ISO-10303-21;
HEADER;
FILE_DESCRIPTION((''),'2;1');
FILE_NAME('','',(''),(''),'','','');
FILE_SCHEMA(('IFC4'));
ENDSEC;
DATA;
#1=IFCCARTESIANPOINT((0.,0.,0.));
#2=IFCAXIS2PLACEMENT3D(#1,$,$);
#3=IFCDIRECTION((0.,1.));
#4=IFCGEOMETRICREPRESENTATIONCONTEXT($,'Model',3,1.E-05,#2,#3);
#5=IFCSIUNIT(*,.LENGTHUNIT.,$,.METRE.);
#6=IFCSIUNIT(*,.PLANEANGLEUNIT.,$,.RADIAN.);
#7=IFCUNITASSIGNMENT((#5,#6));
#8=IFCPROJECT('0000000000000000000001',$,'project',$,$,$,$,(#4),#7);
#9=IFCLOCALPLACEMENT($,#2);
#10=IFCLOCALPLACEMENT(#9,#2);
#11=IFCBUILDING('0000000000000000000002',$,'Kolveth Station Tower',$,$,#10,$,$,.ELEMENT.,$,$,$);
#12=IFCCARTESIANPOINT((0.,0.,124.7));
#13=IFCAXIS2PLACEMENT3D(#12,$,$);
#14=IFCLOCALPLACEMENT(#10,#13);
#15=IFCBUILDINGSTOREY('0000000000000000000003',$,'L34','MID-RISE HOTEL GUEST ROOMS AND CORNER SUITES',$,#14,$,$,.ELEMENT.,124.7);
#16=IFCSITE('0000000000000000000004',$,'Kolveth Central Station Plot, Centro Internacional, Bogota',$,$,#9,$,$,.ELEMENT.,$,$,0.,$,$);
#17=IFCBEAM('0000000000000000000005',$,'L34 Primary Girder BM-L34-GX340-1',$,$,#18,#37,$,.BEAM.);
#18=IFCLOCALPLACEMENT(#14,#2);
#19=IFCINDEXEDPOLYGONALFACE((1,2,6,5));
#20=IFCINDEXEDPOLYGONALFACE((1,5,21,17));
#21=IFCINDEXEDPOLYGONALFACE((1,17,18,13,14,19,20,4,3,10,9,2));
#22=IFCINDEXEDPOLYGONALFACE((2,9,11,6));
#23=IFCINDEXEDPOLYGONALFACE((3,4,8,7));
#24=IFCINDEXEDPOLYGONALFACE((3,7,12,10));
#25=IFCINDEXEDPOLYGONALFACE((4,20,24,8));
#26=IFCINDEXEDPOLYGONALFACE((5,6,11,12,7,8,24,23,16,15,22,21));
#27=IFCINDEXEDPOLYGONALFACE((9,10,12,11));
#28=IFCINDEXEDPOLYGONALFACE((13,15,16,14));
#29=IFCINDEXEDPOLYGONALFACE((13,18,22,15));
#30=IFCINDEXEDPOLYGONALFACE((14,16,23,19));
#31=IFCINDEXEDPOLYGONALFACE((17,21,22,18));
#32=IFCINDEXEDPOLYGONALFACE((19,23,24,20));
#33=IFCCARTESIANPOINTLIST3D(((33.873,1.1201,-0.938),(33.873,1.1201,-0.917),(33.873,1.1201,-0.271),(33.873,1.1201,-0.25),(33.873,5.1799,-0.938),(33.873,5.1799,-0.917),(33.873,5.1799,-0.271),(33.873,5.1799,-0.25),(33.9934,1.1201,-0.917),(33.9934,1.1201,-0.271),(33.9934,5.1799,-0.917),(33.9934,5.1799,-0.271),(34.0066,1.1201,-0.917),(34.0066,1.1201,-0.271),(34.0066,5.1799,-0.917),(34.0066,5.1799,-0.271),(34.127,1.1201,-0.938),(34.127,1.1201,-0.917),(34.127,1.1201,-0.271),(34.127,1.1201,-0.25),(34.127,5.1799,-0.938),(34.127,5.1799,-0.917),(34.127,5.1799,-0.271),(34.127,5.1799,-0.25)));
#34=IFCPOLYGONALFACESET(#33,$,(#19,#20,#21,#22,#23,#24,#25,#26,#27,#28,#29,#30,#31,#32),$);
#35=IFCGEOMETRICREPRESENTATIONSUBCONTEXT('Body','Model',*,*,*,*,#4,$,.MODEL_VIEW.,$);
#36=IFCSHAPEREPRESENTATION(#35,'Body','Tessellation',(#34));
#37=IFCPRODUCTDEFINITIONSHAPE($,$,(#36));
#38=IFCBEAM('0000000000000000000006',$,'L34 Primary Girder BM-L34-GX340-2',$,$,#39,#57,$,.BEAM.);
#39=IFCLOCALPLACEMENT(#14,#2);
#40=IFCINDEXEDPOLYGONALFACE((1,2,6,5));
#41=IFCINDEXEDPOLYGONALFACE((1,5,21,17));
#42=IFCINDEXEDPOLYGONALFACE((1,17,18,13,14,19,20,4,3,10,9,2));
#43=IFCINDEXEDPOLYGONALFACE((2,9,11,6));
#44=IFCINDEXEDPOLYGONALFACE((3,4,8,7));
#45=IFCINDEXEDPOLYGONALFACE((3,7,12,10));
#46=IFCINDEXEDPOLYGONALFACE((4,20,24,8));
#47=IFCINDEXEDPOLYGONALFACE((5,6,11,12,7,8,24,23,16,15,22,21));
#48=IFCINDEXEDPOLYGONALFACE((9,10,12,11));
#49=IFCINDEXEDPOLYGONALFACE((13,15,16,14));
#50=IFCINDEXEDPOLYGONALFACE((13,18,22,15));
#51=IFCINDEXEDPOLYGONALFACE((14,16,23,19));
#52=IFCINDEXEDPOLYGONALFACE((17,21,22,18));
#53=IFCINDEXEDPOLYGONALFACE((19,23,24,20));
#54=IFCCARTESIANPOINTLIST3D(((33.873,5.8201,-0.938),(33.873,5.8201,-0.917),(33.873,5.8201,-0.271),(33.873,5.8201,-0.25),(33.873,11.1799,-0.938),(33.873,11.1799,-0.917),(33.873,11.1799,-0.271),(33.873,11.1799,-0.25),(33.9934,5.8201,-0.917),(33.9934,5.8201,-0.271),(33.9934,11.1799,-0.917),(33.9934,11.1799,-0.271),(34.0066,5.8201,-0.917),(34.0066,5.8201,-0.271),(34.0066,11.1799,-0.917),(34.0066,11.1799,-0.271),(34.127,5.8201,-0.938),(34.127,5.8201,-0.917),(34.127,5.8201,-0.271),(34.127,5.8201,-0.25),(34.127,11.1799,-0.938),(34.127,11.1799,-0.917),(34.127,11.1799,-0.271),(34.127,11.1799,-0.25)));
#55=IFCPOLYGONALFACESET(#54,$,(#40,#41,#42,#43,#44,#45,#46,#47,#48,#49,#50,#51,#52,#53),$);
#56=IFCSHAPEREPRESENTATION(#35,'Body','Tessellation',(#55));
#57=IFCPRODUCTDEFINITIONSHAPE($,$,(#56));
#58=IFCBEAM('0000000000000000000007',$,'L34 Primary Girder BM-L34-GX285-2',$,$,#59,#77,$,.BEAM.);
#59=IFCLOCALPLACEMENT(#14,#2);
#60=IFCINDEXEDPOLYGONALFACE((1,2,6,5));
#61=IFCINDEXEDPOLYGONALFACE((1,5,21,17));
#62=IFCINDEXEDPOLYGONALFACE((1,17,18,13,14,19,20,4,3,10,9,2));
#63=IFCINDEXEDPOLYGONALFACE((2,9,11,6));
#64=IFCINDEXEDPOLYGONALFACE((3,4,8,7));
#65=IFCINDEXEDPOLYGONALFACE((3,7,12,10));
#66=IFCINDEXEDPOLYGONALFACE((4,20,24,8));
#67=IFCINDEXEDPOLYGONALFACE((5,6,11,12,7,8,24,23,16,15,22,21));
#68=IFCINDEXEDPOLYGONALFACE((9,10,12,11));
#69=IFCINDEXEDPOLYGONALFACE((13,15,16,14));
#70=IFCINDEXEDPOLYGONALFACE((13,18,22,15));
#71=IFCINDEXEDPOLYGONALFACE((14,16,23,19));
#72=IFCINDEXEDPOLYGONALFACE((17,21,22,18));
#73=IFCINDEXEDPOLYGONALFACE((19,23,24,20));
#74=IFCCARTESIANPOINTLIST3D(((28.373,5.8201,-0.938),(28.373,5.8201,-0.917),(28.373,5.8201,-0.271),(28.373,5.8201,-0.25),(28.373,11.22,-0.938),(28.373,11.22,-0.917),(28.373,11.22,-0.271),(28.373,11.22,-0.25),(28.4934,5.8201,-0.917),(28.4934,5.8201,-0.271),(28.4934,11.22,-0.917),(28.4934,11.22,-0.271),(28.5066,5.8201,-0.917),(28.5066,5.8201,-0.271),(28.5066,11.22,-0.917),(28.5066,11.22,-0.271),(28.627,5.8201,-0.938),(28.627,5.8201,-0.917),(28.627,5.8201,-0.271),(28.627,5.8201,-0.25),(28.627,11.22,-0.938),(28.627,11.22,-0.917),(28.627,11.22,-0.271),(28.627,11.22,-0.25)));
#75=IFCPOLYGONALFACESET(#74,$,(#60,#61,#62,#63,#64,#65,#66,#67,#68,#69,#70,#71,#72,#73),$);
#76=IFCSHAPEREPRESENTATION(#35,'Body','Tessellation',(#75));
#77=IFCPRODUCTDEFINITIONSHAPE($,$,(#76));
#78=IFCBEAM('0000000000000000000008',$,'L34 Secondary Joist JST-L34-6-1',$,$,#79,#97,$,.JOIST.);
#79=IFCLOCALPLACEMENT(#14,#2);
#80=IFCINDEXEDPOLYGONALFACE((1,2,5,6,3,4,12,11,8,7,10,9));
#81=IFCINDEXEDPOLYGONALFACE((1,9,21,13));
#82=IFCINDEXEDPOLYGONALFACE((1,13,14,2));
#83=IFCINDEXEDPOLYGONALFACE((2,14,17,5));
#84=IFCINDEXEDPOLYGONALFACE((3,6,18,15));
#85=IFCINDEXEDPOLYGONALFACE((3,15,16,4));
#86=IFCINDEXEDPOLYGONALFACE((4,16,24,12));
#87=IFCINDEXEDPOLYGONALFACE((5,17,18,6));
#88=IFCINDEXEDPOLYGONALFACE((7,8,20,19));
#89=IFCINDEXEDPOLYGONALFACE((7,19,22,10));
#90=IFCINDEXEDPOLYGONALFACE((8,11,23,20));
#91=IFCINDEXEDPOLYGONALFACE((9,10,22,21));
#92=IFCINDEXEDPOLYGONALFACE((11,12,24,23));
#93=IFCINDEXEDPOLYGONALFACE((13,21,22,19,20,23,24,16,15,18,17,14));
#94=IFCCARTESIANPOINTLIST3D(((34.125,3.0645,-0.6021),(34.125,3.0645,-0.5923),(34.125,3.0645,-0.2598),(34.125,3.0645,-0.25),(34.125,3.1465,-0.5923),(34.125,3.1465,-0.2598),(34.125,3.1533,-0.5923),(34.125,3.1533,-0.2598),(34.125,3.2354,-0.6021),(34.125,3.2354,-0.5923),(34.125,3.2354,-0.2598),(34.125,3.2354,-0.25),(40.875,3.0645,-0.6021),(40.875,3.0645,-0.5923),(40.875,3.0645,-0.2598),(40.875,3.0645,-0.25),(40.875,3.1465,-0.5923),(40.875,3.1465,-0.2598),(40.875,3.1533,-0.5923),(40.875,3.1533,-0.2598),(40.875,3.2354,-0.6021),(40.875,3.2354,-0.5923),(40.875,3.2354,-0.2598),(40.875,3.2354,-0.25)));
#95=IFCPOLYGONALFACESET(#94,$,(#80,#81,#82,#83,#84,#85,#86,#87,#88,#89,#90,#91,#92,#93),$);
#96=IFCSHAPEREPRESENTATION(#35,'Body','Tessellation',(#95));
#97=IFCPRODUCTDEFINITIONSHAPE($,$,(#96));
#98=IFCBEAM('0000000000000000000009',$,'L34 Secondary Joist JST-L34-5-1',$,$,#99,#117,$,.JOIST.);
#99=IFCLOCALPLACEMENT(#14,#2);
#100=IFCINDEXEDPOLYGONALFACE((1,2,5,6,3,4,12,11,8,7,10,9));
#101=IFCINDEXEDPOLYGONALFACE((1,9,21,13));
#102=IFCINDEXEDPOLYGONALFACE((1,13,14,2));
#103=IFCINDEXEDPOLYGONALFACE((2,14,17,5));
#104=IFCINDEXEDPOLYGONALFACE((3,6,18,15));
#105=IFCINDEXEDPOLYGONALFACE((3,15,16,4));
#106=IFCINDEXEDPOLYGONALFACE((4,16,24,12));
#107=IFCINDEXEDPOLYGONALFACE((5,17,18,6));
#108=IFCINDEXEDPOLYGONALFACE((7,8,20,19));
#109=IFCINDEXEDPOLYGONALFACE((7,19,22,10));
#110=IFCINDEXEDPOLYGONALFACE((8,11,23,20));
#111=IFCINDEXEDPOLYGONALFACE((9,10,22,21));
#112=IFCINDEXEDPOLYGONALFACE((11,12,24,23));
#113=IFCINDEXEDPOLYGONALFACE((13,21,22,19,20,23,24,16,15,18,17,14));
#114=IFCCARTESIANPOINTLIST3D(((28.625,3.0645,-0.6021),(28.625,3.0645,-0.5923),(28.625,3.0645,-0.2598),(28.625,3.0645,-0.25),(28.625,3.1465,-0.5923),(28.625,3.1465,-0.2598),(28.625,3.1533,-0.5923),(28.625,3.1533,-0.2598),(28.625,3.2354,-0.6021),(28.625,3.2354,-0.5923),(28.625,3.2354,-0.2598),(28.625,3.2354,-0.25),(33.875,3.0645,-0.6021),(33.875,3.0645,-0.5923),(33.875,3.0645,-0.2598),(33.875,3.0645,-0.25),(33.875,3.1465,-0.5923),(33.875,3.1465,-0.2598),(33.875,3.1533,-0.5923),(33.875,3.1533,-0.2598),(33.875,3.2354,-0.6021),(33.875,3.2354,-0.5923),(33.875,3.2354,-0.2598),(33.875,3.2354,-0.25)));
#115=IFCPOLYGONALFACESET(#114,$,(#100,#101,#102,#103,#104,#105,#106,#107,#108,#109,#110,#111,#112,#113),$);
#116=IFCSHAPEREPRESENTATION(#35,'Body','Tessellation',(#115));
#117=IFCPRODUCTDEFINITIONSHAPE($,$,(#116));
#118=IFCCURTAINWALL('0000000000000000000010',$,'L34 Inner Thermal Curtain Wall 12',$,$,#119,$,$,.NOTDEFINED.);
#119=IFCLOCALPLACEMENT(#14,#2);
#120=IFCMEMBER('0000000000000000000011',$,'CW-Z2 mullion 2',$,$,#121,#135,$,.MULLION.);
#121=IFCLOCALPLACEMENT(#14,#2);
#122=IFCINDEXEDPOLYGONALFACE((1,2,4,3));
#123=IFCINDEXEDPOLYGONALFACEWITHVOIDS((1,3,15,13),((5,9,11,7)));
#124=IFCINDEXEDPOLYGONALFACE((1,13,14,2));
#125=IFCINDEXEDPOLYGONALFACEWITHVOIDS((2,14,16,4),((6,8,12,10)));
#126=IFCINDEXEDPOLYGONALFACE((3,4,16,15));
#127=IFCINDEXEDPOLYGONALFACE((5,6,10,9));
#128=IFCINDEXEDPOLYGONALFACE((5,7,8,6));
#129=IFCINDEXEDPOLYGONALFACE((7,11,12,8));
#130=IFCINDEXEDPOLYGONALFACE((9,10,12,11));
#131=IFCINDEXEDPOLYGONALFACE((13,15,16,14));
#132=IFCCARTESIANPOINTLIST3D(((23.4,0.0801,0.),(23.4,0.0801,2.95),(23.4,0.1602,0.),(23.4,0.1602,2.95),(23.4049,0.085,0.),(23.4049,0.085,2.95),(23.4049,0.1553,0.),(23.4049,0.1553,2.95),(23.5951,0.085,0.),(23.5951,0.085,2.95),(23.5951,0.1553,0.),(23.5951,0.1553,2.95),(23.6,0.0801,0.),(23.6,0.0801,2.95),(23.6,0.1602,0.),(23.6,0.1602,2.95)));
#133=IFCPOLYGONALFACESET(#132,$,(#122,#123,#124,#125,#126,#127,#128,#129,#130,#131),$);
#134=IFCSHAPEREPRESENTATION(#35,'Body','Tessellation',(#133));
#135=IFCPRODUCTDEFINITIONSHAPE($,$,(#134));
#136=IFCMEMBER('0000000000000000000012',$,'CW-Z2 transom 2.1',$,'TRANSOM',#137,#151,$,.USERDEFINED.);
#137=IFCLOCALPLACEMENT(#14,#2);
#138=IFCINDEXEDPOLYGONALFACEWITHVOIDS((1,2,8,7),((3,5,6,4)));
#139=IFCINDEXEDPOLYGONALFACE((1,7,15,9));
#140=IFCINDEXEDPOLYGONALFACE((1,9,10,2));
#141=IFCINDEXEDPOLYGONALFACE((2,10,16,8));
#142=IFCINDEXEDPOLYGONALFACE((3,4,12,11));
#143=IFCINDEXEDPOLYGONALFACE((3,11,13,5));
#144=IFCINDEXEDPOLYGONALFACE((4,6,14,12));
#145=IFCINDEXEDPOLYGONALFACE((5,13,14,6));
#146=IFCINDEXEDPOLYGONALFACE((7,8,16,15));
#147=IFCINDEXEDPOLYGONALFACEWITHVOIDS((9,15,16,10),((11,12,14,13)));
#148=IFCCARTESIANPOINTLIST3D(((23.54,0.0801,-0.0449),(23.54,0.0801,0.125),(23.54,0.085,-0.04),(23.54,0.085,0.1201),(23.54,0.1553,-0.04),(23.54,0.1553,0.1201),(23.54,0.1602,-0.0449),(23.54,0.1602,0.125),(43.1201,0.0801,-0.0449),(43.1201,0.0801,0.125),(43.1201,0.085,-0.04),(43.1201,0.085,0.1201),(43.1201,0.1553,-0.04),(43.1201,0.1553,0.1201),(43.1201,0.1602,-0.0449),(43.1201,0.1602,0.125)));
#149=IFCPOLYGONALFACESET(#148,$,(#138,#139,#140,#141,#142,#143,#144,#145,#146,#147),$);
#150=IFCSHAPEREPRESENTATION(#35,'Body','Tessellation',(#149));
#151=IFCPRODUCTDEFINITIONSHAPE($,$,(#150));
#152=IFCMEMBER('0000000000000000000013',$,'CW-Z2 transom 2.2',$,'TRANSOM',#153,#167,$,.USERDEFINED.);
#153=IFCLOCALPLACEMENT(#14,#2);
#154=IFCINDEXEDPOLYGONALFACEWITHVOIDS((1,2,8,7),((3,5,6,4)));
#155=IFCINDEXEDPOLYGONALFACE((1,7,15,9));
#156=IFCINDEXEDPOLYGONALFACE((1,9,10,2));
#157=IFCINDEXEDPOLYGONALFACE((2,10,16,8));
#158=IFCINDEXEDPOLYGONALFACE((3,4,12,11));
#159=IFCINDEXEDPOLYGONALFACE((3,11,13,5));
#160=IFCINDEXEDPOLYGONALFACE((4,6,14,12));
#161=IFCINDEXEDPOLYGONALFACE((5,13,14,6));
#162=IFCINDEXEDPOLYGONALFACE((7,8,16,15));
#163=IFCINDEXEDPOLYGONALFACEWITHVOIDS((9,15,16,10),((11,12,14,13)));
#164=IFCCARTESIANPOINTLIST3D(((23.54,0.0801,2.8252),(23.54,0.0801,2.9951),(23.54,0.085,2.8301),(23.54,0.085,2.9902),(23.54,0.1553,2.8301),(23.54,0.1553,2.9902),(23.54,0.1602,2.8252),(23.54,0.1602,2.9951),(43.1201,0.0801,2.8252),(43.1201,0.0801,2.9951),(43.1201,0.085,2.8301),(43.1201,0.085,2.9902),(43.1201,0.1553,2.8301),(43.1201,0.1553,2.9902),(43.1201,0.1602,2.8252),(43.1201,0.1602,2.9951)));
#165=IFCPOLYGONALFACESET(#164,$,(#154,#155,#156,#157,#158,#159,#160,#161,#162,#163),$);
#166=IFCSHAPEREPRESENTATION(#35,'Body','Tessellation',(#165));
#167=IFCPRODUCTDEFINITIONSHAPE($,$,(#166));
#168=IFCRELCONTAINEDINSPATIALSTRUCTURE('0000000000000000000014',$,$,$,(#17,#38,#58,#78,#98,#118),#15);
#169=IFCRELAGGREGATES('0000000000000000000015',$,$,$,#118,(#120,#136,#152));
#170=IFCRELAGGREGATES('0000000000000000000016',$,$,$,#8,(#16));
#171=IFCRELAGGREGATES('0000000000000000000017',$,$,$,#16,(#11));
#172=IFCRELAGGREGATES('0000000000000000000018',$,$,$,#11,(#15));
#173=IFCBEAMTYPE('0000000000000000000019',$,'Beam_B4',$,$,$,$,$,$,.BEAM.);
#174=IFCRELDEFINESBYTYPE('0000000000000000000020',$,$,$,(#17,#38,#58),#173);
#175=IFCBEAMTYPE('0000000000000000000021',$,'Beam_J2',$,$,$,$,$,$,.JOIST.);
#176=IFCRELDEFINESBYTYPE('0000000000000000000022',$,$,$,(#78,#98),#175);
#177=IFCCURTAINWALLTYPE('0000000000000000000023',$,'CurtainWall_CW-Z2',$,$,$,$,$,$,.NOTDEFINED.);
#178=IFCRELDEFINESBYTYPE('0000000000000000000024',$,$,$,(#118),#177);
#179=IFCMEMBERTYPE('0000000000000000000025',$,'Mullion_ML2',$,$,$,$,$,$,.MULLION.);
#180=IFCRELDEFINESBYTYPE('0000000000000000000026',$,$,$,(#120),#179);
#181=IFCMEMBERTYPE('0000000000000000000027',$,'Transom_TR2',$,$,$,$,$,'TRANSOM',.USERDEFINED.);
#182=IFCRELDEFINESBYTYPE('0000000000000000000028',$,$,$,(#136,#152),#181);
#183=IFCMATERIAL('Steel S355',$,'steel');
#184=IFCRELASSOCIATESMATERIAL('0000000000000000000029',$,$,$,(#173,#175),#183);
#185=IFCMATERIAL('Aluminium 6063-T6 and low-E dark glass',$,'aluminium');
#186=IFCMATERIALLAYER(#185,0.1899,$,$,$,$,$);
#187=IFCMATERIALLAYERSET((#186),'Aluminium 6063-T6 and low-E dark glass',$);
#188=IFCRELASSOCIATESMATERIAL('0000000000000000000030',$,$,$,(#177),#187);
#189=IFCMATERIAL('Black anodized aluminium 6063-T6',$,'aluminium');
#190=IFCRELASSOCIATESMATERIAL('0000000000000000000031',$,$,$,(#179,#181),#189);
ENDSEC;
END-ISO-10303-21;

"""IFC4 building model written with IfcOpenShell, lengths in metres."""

from ifc_helpers import new_model, si_unit, direction, frame, origin, origin_2d, place, context, subcontext, project, spatial, hollow_rectangle, i_section, extrude, source, transform, mapped, material, layer, layer_set, material_profile, profile_set, type_object, element, aggregate, save


model = new_model("IFC4")

# Units and contexts
model_context = context("Model", 3, precision=1e-05, world=origin(), true_north=direction((0.0, 1.0)))
body_context = subcontext(model_context, "Body", "Model", "MODEL_VIEW")
ifc_project = project(units=[si_unit("LENGTHUNIT", "METRE"), si_unit("PLANEANGLEUNIT", "RADIAN")], contexts=[model_context])

# Site, building, storey
site_placement = place(None, origin())
site = spatial("IfcSite", under=ifc_project, at=site_placement, Name="Kolveth Central Station Plot, Centro Internacional, Bogota", CompositionType="ELEMENT", RefElevation=0.0)
building_placement = place(site_placement, origin())
building = spatial("IfcBuilding", under=site, at=building_placement, Name="Kolveth Station Tower", CompositionType="ELEMENT")
storey_placement = place(building_placement, frame((0.0, 0.0, 124.7)))
storey = spatial("IfcBuildingStorey", under=building, at=storey_placement, Name="L34", Description="MID-RISE HOTEL GUEST ROOMS AND CORNER SUITES", CompositionType="ELEMENT", Elevation=124.7)

# Beams
ifc_material_1 = material(Name="Steel S355", Category="steel")
ifc_material_profile_1 = material_profile(ifc_material_1, i_section(OverallWidth=0.2539, OverallDepth=0.688, WebThickness=0.0132, FlangeThickness=0.021, at=origin_2d()), Name="W690x152")
ifc_profile_set_1 = profile_set([ifc_material_profile_1], Name="Steel S355")
beam_type_1 = type_object("IfcBeamType", Name="Beam_B4", PredefinedType="BEAM", material=ifc_profile_set_1)
shared_shape_1 = source(origin(), body_context, "Body", "SweptSolid", [
    extrude(i_section(OverallWidth=0.2539, OverallDepth=0.688, WebThickness=0.0132, FlangeThickness=0.021, at=origin_2d()), origin(), (0.0, 0.0, 1.0), 4.0598),
])
for number, where, z_axis, x_axis, name in (
    (1, (34.0, 1.1201, -0.594), (0.0, 1.0, 0.0), (-1.0, 0.0, 0.0), "L34 Primary Girder BM-L34-GX340-1"),
):
    element("IfcBeam", number, at=place(storey_placement, frame(where, z_axis=z_axis, x_axis=x_axis)), inside=storey, type_object=beam_type_1, Name=name, PredefinedType="BEAM", context=body_context, shape_type="MappedRepresentation", body=[
        mapped(shared_shape_1, transform((0.0, 0.0, 0.0), x_axis=(1.0, 0.0, 0.0), y_axis=(0.0, 1.0, 0.0), z_axis=(0.0, 0.0, 1.0), scale=1.0)),
    ])
shared_shape_2 = source(origin(), body_context, "Body", "SweptSolid", [
    extrude(i_section(OverallWidth=0.2539, OverallDepth=0.688, WebThickness=0.0132, FlangeThickness=0.021, at=origin_2d()), origin(), (0.0, 0.0, 1.0), 5.3599),
])
beam_1_placement = place(storey_placement, frame((34.0, 5.8201, -0.594), z_axis=(0.0, 1.0, 0.0), x_axis=(-1.0, 0.0, 0.0)))
element("IfcBeam", 2, at=beam_1_placement, inside=storey, type_object=beam_type_1, Name="L34 Primary Girder BM-L34-GX340-2", PredefinedType="BEAM", context=body_context, shape_type="MappedRepresentation", body=[
    mapped(shared_shape_2, transform((0.0, 0.0, 0.0), x_axis=(1.0, 0.0, 0.0), y_axis=(0.0, 1.0, 0.0), z_axis=(0.0, 0.0, 1.0), scale=1.0)),
])
shared_shape_3 = source(origin(), body_context, "Body", "SweptSolid", [
    extrude(i_section(OverallWidth=0.2539, OverallDepth=0.688, WebThickness=0.0132, FlangeThickness=0.021, at=origin_2d()), origin(), (0.0, 0.0, 1.0), 5.3999),
])
beam_2_placement = place(storey_placement, frame((28.5, 5.8201, -0.594), z_axis=(0.0, 1.0, 0.0), x_axis=(-1.0, 0.0, 0.0)))
element("IfcBeam", 3, at=beam_2_placement, inside=storey, type_object=beam_type_1, Name="L34 Primary Girder BM-L34-GX285-2", PredefinedType="BEAM", context=body_context, shape_type="MappedRepresentation", body=[
    mapped(shared_shape_3, transform((0.0, 0.0, 0.0), x_axis=(1.0, 0.0, 0.0), y_axis=(0.0, 1.0, 0.0), z_axis=(0.0, 0.0, 1.0), scale=1.0)),
])
ifc_material_profile_2 = material_profile(ifc_material_1, i_section(OverallWidth=0.1709, OverallDepth=0.3521, WebThickness=0.0068, FlangeThickness=0.0098, at=origin_2d()), Name="W360x44")
ifc_profile_set_2 = profile_set([ifc_material_profile_2], Name="Steel S355")
beam_type_2 = type_object("IfcBeamType", Name="Beam_J2", PredefinedType="JOIST", material=ifc_profile_set_2)
shared_shape_4 = source(origin(), body_context, "Body", "SweptSolid", [
    extrude(i_section(OverallWidth=0.1709, OverallDepth=0.3521, WebThickness=0.0068, FlangeThickness=0.0098, at=origin_2d()), origin(), (0.0, 0.0, 1.0), 6.75),
])
beam_3_placement = place(storey_placement, frame((34.125, 3.1499, -0.426), z_axis=(1.0, 0.0, 0.0), x_axis=(0.0, 1.0, 0.0)))
element("IfcBeam", 4, at=beam_3_placement, inside=storey, type_object=beam_type_2, Name="L34 Secondary Joist JST-L34-6-1", PredefinedType="JOIST", context=body_context, shape_type="MappedRepresentation", body=[
    mapped(shared_shape_4, transform((0.0, 0.0, 0.0), x_axis=(1.0, 0.0, 0.0), y_axis=(0.0, 1.0, 0.0), z_axis=(0.0, 0.0, 1.0), scale=1.0)),
])
shared_shape_5 = source(origin(), body_context, "Body", "SweptSolid", [
    extrude(i_section(OverallWidth=0.1709, OverallDepth=0.3521, WebThickness=0.0068, FlangeThickness=0.0098, at=origin_2d()), origin(), (0.0, 0.0, 1.0), 5.25),
])
beam_4_placement = place(storey_placement, frame((28.625, 3.1499, -0.426), z_axis=(1.0, 0.0, 0.0), x_axis=(0.0, 1.0, 0.0)))
element("IfcBeam", 5, at=beam_4_placement, inside=storey, type_object=beam_type_2, Name="L34 Secondary Joist JST-L34-5-1", PredefinedType="JOIST", context=body_context, shape_type="MappedRepresentation", body=[
    mapped(shared_shape_5, transform((0.0, 0.0, 0.0), x_axis=(1.0, 0.0, 0.0), y_axis=(0.0, 1.0, 0.0), z_axis=(0.0, 0.0, 1.0), scale=1.0)),
])

# Curtain wall, members
ifc_material_2 = material(Name="Aluminium 6063-T6 and low-E dark glass", Category="aluminium")
ifc_layer_1 = layer(ifc_material_2, 0.1899)
ifc_layer_set_1 = layer_set([ifc_layer_1], Name="Aluminium 6063-T6 and low-E dark glass")
curtain_wall_type_1 = type_object("IfcCurtainWallType", Name="CurtainWall_CW-Z2", PredefinedType="NOTDEFINED", material=ifc_layer_set_1)
curtain_wall_1_placement = place(storey_placement, origin())
curtain_wall_1 = element("IfcCurtainWall", 6, at=curtain_wall_1_placement, inside=storey, type_object=curtain_wall_type_1, Name="L34 Inner Thermal Curtain Wall 12", PredefinedType="NOTDEFINED")
ifc_material_3 = material(Name="Black anodized aluminium 6063-T6", Category="aluminium")
ifc_material_profile_3 = material_profile(ifc_material_3, hollow_rectangle(XDim=0.0801, YDim=0.2, WallThickness=0.0049, at=origin_2d()), Name="ALU-80x200x5")
ifc_profile_set_3 = profile_set([ifc_material_profile_3], Name="Black anodized aluminium 6063-T6")
member_type_1 = type_object("IfcMemberType", Name="Mullion_ML2", PredefinedType="MULLION", material=ifc_profile_set_3)
shared_shape_6 = source(origin(), body_context, "Body", "SweptSolid", [
    extrude(hollow_rectangle(XDim=0.0801, YDim=0.2, WallThickness=0.0049, at=origin_2d()), origin(), (0.0, 0.0, 1.0), 2.95),
])
member_1_placement = place(storey_placement, frame((23.5, 0.1201, 0.0), z_axis=(0.0, 0.0, 1.0), x_axis=(0.0, 1.0, 0.0)))
member_1 = element("IfcMember", 7, at=member_1_placement, type_object=member_type_1, Name="CW-Z2 mullion 2", PredefinedType="MULLION", context=body_context, shape_type="MappedRepresentation", body=[
    mapped(shared_shape_6, transform((0.0, 0.0, 0.0), x_axis=(1.0, 0.0, 0.0), y_axis=(0.0, 1.0, 0.0), z_axis=(0.0, 0.0, 1.0), scale=1.0)),
])
ifc_material_profile_4 = material_profile(ifc_material_3, hollow_rectangle(XDim=0.0801, YDim=0.1699, WallThickness=0.0049, at=origin_2d()), Name="ALU-80x170x5")
ifc_profile_set_4 = profile_set([ifc_material_profile_4], Name="Black anodized aluminium 6063-T6")
member_type_2 = type_object("IfcMemberType", Name="Transom_TR2", ElementType="TRANSOM", PredefinedType="USERDEFINED", material=ifc_profile_set_4)
shared_shape_7 = source(origin(), body_context, "Body", "SweptSolid", [
    extrude(hollow_rectangle(XDim=0.0801, YDim=0.1699, WallThickness=0.0049, at=origin_2d()), origin(), (0.0, 0.0, 1.0), 19.5801),
])
member_2_placement = place(storey_placement, frame((23.54, 0.1201, 0.04), z_axis=(1.0, 0.0, 0.0), x_axis=(0.0, 1.0, 0.0)))
member_2 = element("IfcMember", 8, at=member_2_placement, type_object=member_type_2, Name="CW-Z2 transom 2.1", ObjectType="TRANSOM", PredefinedType="USERDEFINED", context=body_context, shape_type="MappedRepresentation", body=[
    mapped(shared_shape_7, transform((0.0, 0.0, 0.0), x_axis=(1.0, 0.0, 0.0), y_axis=(0.0, 1.0, 0.0), z_axis=(0.0, 0.0, 1.0), scale=1.0)),
])
member_3_placement = place(storey_placement, frame((23.54, 0.1201, 2.9102), z_axis=(1.0, 0.0, 0.0), x_axis=(0.0, 1.0, 0.0)))
member_3 = element("IfcMember", 9, at=member_3_placement, type_object=member_type_2, Name="CW-Z2 transom 2.2", ObjectType="TRANSOM", PredefinedType="USERDEFINED", context=body_context, shape_type="MappedRepresentation", body=[
    mapped(shared_shape_7, transform((0.0, 0.0, 0.0), x_axis=(1.0, 0.0, 0.0), y_axis=(0.0, 1.0, 0.0), z_axis=(0.0, 0.0, 1.0), scale=1.0)),
])
aggregate(curtain_wall_1, [member_1, member_2, member_3])

save(model, "model.ifc")
